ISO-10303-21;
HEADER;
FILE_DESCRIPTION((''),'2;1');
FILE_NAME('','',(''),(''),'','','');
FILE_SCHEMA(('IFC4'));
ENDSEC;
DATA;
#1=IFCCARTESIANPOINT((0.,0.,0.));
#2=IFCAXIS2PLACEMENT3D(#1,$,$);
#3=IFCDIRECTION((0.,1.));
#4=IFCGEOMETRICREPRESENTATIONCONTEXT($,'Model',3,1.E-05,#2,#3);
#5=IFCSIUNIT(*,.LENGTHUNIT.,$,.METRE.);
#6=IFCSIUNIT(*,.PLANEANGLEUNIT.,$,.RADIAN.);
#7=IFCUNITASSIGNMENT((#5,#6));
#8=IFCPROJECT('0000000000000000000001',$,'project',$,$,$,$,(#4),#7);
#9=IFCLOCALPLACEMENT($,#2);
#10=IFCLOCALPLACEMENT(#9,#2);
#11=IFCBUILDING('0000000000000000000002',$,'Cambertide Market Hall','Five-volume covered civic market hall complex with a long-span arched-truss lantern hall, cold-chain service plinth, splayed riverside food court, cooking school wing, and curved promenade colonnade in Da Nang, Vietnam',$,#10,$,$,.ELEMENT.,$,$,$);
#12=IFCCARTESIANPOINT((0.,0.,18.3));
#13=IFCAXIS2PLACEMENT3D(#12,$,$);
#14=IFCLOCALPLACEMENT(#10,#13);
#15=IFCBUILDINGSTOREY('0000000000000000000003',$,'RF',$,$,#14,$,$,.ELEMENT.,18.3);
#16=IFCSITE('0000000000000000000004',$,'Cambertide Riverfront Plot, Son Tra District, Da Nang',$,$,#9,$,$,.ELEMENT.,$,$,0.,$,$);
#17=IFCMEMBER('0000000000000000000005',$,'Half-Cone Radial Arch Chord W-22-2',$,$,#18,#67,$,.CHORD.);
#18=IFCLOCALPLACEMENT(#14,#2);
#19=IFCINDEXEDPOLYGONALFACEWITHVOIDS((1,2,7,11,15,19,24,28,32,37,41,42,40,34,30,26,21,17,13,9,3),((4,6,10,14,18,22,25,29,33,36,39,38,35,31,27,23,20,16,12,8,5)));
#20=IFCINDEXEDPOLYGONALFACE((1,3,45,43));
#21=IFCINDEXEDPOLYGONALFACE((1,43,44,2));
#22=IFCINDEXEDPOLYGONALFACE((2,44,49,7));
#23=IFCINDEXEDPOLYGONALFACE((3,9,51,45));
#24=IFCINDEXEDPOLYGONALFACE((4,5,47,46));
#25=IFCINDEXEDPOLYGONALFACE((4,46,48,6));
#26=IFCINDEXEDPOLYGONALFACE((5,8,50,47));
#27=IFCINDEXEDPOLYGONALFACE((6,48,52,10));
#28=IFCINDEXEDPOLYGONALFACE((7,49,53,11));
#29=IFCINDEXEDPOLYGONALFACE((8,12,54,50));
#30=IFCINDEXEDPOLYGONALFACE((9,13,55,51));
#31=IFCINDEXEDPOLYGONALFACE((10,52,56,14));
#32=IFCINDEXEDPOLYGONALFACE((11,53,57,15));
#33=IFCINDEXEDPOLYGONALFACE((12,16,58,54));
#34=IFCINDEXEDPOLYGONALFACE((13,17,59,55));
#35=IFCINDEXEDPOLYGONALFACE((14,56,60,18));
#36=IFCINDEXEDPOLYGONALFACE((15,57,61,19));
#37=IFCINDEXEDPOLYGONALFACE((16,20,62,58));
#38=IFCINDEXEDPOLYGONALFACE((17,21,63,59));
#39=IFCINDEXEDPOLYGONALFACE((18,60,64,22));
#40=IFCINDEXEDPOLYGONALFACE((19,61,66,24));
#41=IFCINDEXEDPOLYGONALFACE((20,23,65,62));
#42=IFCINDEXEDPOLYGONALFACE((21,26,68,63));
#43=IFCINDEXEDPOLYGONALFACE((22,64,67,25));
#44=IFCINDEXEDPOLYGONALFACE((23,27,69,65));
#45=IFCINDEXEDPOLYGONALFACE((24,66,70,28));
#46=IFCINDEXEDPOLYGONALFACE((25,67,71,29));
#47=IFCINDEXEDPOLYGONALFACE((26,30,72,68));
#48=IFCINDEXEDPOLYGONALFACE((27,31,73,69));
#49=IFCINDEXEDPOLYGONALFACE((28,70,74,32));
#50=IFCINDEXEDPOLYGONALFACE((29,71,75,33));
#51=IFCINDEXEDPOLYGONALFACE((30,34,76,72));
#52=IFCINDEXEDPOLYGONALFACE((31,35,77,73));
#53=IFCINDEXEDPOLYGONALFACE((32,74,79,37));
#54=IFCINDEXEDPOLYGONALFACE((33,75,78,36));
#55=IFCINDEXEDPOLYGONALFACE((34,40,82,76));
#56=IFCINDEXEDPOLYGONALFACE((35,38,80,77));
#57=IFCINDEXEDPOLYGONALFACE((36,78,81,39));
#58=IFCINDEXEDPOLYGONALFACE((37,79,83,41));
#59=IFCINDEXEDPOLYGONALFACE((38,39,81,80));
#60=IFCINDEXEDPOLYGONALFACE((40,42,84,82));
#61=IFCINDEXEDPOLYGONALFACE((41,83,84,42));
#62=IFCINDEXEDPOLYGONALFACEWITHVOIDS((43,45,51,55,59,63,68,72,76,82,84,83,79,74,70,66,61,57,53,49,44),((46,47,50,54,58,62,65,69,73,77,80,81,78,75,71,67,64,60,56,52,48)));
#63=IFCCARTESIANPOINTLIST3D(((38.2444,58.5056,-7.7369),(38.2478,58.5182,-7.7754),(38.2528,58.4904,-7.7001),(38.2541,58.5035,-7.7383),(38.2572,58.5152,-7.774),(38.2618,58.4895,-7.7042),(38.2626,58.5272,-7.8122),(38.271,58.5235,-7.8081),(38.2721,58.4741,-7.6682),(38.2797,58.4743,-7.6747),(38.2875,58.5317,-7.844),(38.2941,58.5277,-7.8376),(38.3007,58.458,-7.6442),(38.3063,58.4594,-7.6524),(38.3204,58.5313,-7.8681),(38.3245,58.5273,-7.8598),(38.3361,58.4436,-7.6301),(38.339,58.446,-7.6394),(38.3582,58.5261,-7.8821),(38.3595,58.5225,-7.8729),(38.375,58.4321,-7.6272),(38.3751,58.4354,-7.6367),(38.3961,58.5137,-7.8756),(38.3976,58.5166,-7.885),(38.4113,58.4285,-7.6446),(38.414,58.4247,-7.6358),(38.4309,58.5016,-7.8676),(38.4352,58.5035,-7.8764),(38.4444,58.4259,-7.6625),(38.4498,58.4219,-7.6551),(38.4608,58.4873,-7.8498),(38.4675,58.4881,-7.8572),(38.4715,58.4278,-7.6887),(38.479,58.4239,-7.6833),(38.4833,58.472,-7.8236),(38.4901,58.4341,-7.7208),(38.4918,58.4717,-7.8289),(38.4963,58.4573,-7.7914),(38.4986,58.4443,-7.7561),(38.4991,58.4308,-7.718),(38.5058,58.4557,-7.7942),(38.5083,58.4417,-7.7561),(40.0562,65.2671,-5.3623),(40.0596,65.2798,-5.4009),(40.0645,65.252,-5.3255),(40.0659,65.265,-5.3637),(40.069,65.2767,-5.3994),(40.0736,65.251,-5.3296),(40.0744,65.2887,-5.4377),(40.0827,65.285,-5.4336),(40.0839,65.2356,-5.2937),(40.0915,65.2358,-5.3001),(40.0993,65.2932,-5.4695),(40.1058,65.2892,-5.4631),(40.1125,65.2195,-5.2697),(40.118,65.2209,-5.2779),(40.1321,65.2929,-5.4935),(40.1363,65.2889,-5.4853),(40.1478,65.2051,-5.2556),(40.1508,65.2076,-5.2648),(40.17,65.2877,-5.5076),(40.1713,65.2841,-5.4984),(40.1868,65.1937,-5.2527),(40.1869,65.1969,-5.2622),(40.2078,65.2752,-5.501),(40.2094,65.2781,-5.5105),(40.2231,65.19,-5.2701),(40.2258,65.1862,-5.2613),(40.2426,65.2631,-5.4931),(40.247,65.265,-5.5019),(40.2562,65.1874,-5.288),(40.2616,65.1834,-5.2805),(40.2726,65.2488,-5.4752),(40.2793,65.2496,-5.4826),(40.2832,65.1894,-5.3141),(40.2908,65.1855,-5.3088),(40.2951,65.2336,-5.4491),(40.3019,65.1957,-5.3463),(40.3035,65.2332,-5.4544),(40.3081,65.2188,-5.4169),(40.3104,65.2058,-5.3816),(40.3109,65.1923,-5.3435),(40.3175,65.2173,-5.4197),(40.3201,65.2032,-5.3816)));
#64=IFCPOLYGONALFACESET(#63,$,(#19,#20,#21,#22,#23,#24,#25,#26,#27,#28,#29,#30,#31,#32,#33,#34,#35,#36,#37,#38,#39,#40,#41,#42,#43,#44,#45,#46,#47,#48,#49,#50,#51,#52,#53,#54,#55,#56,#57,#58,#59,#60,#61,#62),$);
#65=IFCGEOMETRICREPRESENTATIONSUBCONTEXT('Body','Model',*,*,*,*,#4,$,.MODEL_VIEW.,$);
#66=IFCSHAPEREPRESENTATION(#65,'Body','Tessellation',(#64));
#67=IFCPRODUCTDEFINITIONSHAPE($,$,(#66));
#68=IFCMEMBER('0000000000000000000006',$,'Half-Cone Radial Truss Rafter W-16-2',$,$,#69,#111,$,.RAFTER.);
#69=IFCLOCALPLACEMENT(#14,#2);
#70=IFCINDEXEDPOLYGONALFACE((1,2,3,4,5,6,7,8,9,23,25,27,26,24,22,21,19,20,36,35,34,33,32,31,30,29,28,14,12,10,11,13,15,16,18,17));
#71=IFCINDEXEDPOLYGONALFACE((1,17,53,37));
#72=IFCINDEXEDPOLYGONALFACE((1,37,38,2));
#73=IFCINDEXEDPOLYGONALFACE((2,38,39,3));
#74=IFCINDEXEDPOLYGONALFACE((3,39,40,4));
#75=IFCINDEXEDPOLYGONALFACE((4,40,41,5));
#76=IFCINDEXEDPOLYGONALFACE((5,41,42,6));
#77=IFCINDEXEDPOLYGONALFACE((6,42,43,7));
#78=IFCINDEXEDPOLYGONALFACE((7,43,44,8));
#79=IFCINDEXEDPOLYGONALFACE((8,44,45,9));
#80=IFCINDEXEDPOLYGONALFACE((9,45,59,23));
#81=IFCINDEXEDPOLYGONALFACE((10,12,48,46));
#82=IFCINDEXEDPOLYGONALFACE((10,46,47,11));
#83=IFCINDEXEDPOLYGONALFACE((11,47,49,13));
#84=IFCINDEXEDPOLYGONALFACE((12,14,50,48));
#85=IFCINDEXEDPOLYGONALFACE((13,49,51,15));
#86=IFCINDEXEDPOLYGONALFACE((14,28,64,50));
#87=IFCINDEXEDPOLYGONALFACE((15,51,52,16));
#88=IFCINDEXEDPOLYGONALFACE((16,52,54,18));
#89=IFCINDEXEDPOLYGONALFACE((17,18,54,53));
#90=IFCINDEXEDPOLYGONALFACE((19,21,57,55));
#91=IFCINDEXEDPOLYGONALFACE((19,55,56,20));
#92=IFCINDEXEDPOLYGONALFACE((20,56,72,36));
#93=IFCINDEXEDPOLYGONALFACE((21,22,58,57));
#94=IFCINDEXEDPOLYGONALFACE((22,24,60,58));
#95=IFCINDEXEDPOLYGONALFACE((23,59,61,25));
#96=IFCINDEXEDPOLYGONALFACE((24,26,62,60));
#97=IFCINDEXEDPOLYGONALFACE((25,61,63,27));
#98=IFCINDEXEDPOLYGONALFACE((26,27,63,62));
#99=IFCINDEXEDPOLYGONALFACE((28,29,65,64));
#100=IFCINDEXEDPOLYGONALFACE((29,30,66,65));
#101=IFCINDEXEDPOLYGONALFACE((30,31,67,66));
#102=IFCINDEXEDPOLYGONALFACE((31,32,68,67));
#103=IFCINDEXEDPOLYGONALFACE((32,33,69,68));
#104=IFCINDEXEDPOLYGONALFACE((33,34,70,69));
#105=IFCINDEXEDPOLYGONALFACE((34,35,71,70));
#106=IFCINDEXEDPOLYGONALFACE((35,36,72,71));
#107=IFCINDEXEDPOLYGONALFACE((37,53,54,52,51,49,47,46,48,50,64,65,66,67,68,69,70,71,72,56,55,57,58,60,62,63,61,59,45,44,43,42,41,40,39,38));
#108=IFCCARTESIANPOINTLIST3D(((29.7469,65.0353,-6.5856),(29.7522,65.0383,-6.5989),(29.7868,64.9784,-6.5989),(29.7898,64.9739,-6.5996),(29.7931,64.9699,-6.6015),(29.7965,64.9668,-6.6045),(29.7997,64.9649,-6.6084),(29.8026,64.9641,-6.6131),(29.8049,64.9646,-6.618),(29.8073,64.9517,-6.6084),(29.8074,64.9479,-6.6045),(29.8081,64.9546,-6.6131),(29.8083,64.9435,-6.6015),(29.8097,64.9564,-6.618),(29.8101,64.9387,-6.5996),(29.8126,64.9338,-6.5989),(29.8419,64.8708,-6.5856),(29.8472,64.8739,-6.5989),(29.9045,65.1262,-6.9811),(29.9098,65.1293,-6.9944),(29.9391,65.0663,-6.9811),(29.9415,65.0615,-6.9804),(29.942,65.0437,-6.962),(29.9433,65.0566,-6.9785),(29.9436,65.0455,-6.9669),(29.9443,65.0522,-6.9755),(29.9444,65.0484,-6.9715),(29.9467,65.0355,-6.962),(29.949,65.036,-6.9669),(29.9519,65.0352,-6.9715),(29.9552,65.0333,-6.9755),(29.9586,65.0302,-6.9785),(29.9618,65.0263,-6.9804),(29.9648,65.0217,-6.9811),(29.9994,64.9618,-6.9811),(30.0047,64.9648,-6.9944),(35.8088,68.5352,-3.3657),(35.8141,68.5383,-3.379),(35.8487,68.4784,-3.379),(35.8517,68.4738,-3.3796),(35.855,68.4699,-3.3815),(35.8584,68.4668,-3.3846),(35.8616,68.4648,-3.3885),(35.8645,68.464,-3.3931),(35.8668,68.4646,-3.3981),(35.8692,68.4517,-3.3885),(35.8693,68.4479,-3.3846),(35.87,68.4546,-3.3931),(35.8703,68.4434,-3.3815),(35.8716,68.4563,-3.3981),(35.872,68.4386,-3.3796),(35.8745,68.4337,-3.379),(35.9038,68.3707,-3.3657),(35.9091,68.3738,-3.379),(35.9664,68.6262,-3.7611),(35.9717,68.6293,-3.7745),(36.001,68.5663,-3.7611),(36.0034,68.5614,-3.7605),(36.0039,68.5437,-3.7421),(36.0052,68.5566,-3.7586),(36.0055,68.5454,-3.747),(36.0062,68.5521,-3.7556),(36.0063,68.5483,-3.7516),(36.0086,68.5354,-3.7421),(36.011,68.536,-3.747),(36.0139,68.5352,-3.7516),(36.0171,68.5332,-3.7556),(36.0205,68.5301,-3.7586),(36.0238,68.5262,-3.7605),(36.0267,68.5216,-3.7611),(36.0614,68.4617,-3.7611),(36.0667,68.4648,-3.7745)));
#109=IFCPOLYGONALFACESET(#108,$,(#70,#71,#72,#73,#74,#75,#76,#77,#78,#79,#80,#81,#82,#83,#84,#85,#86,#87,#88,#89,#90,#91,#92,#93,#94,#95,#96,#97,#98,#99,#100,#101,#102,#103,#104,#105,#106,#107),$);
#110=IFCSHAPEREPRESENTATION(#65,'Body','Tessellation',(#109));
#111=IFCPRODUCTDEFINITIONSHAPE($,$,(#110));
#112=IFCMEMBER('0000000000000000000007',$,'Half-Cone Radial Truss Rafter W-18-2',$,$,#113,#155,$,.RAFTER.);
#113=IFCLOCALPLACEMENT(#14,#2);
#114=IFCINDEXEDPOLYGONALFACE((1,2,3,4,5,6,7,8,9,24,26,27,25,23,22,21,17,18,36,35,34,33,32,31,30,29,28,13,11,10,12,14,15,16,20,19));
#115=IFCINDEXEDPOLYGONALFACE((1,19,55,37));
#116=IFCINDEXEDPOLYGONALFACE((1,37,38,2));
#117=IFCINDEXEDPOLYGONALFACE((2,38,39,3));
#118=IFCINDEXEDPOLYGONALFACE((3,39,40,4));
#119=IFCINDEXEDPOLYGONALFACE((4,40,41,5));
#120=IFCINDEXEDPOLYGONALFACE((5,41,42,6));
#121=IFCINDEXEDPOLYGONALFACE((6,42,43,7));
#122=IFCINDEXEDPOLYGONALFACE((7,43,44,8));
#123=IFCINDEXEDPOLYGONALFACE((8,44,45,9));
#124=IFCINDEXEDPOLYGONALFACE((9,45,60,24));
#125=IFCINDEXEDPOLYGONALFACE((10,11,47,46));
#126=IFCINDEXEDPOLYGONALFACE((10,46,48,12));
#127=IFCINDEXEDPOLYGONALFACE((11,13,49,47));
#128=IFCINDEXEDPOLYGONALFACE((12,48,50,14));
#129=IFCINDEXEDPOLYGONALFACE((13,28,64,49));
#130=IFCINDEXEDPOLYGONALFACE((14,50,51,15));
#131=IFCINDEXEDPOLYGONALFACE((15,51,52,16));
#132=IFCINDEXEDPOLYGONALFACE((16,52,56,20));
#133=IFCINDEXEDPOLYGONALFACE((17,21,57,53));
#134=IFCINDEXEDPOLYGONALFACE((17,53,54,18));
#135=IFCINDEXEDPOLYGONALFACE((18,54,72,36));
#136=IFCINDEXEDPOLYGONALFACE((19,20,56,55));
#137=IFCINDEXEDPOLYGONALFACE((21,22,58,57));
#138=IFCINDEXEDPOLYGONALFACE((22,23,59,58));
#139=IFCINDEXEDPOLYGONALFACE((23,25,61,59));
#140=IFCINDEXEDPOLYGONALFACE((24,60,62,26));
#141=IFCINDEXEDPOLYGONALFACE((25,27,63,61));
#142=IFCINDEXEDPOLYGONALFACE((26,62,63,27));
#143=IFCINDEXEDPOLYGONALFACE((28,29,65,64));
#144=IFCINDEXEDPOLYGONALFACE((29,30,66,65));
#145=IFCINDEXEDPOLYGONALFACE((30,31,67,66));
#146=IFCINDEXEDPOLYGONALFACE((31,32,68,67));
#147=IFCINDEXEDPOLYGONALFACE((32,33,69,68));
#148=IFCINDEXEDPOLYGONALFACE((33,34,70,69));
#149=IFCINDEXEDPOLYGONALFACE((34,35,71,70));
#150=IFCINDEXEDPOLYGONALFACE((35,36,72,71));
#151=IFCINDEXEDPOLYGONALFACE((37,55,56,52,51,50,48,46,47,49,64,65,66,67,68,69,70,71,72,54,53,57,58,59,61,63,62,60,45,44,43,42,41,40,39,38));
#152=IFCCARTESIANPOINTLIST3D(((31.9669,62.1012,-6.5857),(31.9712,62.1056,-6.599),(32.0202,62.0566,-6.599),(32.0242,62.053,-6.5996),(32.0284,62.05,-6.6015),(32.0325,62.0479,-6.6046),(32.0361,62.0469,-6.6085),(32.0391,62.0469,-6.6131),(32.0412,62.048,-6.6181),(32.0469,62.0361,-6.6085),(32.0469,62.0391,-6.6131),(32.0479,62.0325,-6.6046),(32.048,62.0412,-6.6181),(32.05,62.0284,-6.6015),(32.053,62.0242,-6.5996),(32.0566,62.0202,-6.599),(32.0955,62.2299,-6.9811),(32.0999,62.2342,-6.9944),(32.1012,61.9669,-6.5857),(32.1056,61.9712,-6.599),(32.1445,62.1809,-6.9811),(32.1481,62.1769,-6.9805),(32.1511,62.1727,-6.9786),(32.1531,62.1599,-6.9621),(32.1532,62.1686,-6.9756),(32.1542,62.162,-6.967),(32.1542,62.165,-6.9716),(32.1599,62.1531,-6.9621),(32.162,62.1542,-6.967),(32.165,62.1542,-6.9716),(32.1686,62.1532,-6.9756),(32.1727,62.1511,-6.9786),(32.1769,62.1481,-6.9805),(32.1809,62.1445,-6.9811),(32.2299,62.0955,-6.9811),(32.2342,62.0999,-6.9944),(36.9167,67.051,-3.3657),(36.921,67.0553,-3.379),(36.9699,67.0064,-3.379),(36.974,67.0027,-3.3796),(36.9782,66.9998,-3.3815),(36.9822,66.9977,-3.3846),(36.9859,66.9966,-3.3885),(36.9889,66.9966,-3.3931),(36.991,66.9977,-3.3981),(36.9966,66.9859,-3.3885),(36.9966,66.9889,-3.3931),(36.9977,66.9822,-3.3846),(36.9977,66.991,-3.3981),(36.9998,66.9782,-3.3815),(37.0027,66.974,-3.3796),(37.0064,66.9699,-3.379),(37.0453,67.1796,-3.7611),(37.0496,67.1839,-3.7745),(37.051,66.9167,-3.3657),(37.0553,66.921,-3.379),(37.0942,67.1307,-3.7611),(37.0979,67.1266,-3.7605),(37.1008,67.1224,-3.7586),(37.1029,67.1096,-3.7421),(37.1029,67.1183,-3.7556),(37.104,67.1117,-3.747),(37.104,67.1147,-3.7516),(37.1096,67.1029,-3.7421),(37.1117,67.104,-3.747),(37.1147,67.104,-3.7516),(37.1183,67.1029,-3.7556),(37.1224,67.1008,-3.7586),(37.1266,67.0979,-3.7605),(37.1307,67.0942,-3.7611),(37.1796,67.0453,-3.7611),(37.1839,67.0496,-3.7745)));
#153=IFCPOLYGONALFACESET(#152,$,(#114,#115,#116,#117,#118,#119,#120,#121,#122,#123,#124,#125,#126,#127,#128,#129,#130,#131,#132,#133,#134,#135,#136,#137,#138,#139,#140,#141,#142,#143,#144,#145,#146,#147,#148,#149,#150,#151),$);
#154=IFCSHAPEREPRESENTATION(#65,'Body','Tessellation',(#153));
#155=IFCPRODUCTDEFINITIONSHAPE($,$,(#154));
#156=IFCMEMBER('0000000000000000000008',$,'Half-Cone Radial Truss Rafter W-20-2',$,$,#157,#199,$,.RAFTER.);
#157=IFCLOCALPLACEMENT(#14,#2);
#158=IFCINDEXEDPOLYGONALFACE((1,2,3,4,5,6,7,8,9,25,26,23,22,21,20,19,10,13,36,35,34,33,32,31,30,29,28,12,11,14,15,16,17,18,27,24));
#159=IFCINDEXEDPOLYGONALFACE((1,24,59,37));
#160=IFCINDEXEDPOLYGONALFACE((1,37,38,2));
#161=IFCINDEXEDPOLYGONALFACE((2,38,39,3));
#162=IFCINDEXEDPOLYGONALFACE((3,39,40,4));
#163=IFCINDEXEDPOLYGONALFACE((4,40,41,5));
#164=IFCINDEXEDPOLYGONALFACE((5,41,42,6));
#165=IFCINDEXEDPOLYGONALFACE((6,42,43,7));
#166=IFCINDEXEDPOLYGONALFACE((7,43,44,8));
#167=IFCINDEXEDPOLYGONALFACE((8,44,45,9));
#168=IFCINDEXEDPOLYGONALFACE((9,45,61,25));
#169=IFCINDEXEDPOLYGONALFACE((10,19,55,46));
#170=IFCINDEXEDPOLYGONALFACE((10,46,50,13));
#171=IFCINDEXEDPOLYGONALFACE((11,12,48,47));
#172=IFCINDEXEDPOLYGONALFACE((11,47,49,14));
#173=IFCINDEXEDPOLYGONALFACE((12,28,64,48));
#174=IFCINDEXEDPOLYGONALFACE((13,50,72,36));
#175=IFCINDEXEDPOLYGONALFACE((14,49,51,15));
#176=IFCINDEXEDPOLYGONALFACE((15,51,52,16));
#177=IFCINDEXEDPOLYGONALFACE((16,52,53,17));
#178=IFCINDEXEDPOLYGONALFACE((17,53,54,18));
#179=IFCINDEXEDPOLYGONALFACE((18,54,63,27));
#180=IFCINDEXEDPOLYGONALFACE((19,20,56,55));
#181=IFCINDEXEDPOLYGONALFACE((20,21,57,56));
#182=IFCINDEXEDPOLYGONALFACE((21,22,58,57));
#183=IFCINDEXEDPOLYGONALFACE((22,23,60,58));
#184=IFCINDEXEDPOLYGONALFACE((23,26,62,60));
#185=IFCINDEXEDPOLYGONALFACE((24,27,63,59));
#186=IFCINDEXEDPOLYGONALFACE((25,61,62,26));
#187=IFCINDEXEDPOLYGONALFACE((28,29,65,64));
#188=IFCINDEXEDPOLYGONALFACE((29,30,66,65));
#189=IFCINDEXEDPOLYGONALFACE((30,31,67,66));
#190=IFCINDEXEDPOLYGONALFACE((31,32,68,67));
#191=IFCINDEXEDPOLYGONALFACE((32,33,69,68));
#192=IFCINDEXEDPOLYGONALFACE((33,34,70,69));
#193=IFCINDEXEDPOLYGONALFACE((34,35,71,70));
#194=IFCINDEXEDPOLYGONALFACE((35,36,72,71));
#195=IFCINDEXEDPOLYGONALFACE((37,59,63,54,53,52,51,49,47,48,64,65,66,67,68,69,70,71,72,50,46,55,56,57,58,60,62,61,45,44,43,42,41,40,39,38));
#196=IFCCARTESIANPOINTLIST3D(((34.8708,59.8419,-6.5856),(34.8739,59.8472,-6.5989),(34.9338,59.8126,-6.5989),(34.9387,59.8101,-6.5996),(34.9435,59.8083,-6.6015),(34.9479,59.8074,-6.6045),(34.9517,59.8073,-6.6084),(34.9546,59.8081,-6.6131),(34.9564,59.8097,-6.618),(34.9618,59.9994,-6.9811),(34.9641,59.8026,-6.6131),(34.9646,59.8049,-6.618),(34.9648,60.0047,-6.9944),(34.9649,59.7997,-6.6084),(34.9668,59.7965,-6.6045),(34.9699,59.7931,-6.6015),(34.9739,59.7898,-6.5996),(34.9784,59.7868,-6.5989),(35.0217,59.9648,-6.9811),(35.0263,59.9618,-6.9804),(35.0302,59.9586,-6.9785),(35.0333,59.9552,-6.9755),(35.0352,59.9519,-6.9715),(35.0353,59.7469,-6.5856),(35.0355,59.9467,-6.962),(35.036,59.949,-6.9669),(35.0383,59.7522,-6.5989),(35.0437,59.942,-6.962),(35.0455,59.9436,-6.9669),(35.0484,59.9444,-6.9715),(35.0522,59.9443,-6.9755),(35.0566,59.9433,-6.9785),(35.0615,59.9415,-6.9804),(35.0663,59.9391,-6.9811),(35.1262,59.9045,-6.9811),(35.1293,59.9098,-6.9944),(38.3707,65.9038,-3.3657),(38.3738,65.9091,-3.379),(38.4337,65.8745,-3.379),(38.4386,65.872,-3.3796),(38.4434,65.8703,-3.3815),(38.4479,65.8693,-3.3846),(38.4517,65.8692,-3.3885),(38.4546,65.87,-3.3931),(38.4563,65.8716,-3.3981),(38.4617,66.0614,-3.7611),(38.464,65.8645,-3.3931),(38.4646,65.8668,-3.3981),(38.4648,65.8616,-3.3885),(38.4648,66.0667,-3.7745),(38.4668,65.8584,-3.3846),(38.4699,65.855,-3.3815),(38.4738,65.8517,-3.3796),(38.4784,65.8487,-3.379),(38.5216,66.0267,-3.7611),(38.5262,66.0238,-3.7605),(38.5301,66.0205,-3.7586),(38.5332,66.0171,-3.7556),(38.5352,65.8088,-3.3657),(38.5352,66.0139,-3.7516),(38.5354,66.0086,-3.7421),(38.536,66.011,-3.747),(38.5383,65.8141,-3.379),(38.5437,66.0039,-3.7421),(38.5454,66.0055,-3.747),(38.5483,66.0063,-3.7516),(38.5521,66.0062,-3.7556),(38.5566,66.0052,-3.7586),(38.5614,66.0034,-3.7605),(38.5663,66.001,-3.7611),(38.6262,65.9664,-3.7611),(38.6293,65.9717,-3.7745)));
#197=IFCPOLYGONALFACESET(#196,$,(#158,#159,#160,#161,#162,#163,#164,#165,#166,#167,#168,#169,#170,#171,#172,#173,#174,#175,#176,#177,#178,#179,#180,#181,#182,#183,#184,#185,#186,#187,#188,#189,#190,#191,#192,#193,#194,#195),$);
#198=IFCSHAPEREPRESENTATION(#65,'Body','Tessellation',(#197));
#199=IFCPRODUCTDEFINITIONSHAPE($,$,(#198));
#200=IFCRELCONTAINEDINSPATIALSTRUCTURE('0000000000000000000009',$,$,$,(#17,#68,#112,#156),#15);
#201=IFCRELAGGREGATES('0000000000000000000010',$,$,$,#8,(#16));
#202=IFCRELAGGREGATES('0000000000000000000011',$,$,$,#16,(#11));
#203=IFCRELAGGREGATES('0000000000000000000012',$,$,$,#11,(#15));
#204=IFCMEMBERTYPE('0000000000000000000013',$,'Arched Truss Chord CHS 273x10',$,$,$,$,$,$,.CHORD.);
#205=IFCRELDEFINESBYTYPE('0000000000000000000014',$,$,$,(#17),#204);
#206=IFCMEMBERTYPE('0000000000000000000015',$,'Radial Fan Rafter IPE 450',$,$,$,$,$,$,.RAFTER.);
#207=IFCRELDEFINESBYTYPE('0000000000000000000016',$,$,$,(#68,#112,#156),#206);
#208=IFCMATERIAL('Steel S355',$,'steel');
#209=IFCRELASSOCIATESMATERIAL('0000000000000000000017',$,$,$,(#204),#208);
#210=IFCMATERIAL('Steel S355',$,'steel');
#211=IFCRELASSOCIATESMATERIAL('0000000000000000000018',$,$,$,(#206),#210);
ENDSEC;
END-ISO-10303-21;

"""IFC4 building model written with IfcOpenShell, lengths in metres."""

from ifc_helpers import new_model, si_unit, direction, frame, origin, origin_2d, place, context, subcontext, project, spatial, hollow_circle, i_section, extrude, material, material_profile, profile_set, type_object, element, save


model = new_model("IFC4")

# Units and contexts
model_context = context("Model", 3, precision=1e-05, world=origin(), true_north=direction((0.0, 1.0)))
body_context = subcontext(model_context, "Body", "Model", "MODEL_VIEW")
ifc_project = project(units=[si_unit("LENGTHUNIT", "METRE"), si_unit("PLANEANGLEUNIT", "RADIAN")], contexts=[model_context])

# Site, building, storey
site_placement = place(None, origin())
site = spatial("IfcSite", under=ifc_project, at=site_placement, Name="Cambertide Riverfront Plot, Son Tra District, Da Nang", CompositionType="ELEMENT", RefElevation=0.0)
building_placement = place(site_placement, origin())
building = spatial("IfcBuilding", under=site, at=building_placement, Name="Cambertide Market Hall", Description="Five-volume covered civic market hall complex with a long-span arched-truss lantern hall, cold-chain service plinth, splayed riverside food court, cooking school wing, and curved promenade colonnade in Da Nang, Vietnam", CompositionType="ELEMENT")
storey_placement = place(building_placement, frame((0.0, 0.0, 18.3)))
storey = spatial("IfcBuildingStorey", under=building, at=storey_placement, Name="RF", CompositionType="ELEMENT", Elevation=18.3)

# Members
ifc_material_1 = material(Name="Steel S355", Category="steel")
ifc_material_profile_1 = material_profile(ifc_material_1, hollow_circle(Radius=0.1365, WallThickness=0.01, at=origin_2d()), Name="CHS 273x10")
ifc_profile_set_1 = profile_set([ifc_material_profile_1], Name="Steel S355")
member_type_1 = type_object("IfcMemberType", Name="Arched Truss Chord CHS 273x10", PredefinedType="CHORD", material=ifc_profile_set_1)
member_1_placement = place(storey_placement, frame((40.1882, 65.2385, -5.3816), z_axis=(-0.245106, -0.914729, -0.321237), x_axis=(0.965925, -0.258824, 0.0)))
element("IfcMember", 1, at=member_1_placement, inside=storey, type_object=member_type_1, Name="Half-Cone Radial Arch Chord W-22-2", PredefinedType="CHORD", context=body_context, shape_type="SweptSolid", body=[
    extrude(hollow_circle(Radius=0.1365, WallThickness=0.01, at=origin_2d()), origin(), (0.0, 0.0, 1.0), 7.3918),
])
ifc_material_2 = material(Name="Steel S355", Category="steel")
ifc_material_profile_2 = material_profile(ifc_material_2, i_section(OverallWidth=0.1899, OverallDepth=0.45, WebThickness=0.0095, FlangeThickness=0.0146, FilletRadius=0.021, at=origin_2d()), Name="IPE 450")
ifc_profile_set_2 = profile_set([ifc_material_profile_2], Name="Steel S355")
member_type_2 = type_object("IfcMemberType", Name="Radial Fan Rafter IPE 450", PredefinedType="RAFTER", material=ifc_profile_set_2)
member_2_placement = place(storey_placement, frame((35.9377, 68.5, -3.5701), z_axis=(-0.786769, -0.454254, -0.41791), x_axis=(0.50001, -0.866019, 0.0)))
element("IfcMember", 2, at=member_2_placement, inside=storey, type_object=member_type_2, Name="Half-Cone Radial Truss Rafter W-16-2", PredefinedType="RAFTER", context=body_context, shape_type="SweptSolid", body=[
    extrude(i_section(OverallWidth=0.1899, OverallDepth=0.45, WebThickness=0.0095, FlangeThickness=0.0146, FilletRadius=0.021, at=origin_2d()), origin(), (0.0, 0.0, 1.0), 7.7048),
])
member_3_placement = place(storey_placement, frame((37.0503, 67.0503, -3.5701), z_axis=(-0.6424, -0.6424, -0.417905), x_axis=(0.707107, -0.707107, 0.0)))
element("IfcMember", 3, at=member_3_placement, inside=storey, type_object=member_type_2, Name="Half-Cone Radial Truss Rafter W-18-2", PredefinedType="RAFTER", context=body_context, shape_type="SweptSolid", body=[
    extrude(i_section(OverallWidth=0.1899, OverallDepth=0.45, WebThickness=0.0095, FlangeThickness=0.0146, FilletRadius=0.021, at=origin_2d()), origin(), (0.0, 0.0, 1.0), 7.7051),
])
member_4_placement = place(storey_placement, frame((38.5, 65.9377, -3.5701), z_axis=(-0.454254, -0.786769, -0.41791), x_axis=(0.866019, -0.50001, 0.0)))
element("IfcMember", 4, at=member_4_placement, inside=storey, type_object=member_type_2, Name="Half-Cone Radial Truss Rafter W-20-2", PredefinedType="RAFTER", context=body_context, shape_type="SweptSolid", body=[
    extrude(i_section(OverallWidth=0.1899, OverallDepth=0.45, WebThickness=0.0095, FlangeThickness=0.0146, FilletRadius=0.021, at=origin_2d()), origin(), (0.0, 0.0, 1.0), 7.7048),
])

save(model, "model.ifc")
